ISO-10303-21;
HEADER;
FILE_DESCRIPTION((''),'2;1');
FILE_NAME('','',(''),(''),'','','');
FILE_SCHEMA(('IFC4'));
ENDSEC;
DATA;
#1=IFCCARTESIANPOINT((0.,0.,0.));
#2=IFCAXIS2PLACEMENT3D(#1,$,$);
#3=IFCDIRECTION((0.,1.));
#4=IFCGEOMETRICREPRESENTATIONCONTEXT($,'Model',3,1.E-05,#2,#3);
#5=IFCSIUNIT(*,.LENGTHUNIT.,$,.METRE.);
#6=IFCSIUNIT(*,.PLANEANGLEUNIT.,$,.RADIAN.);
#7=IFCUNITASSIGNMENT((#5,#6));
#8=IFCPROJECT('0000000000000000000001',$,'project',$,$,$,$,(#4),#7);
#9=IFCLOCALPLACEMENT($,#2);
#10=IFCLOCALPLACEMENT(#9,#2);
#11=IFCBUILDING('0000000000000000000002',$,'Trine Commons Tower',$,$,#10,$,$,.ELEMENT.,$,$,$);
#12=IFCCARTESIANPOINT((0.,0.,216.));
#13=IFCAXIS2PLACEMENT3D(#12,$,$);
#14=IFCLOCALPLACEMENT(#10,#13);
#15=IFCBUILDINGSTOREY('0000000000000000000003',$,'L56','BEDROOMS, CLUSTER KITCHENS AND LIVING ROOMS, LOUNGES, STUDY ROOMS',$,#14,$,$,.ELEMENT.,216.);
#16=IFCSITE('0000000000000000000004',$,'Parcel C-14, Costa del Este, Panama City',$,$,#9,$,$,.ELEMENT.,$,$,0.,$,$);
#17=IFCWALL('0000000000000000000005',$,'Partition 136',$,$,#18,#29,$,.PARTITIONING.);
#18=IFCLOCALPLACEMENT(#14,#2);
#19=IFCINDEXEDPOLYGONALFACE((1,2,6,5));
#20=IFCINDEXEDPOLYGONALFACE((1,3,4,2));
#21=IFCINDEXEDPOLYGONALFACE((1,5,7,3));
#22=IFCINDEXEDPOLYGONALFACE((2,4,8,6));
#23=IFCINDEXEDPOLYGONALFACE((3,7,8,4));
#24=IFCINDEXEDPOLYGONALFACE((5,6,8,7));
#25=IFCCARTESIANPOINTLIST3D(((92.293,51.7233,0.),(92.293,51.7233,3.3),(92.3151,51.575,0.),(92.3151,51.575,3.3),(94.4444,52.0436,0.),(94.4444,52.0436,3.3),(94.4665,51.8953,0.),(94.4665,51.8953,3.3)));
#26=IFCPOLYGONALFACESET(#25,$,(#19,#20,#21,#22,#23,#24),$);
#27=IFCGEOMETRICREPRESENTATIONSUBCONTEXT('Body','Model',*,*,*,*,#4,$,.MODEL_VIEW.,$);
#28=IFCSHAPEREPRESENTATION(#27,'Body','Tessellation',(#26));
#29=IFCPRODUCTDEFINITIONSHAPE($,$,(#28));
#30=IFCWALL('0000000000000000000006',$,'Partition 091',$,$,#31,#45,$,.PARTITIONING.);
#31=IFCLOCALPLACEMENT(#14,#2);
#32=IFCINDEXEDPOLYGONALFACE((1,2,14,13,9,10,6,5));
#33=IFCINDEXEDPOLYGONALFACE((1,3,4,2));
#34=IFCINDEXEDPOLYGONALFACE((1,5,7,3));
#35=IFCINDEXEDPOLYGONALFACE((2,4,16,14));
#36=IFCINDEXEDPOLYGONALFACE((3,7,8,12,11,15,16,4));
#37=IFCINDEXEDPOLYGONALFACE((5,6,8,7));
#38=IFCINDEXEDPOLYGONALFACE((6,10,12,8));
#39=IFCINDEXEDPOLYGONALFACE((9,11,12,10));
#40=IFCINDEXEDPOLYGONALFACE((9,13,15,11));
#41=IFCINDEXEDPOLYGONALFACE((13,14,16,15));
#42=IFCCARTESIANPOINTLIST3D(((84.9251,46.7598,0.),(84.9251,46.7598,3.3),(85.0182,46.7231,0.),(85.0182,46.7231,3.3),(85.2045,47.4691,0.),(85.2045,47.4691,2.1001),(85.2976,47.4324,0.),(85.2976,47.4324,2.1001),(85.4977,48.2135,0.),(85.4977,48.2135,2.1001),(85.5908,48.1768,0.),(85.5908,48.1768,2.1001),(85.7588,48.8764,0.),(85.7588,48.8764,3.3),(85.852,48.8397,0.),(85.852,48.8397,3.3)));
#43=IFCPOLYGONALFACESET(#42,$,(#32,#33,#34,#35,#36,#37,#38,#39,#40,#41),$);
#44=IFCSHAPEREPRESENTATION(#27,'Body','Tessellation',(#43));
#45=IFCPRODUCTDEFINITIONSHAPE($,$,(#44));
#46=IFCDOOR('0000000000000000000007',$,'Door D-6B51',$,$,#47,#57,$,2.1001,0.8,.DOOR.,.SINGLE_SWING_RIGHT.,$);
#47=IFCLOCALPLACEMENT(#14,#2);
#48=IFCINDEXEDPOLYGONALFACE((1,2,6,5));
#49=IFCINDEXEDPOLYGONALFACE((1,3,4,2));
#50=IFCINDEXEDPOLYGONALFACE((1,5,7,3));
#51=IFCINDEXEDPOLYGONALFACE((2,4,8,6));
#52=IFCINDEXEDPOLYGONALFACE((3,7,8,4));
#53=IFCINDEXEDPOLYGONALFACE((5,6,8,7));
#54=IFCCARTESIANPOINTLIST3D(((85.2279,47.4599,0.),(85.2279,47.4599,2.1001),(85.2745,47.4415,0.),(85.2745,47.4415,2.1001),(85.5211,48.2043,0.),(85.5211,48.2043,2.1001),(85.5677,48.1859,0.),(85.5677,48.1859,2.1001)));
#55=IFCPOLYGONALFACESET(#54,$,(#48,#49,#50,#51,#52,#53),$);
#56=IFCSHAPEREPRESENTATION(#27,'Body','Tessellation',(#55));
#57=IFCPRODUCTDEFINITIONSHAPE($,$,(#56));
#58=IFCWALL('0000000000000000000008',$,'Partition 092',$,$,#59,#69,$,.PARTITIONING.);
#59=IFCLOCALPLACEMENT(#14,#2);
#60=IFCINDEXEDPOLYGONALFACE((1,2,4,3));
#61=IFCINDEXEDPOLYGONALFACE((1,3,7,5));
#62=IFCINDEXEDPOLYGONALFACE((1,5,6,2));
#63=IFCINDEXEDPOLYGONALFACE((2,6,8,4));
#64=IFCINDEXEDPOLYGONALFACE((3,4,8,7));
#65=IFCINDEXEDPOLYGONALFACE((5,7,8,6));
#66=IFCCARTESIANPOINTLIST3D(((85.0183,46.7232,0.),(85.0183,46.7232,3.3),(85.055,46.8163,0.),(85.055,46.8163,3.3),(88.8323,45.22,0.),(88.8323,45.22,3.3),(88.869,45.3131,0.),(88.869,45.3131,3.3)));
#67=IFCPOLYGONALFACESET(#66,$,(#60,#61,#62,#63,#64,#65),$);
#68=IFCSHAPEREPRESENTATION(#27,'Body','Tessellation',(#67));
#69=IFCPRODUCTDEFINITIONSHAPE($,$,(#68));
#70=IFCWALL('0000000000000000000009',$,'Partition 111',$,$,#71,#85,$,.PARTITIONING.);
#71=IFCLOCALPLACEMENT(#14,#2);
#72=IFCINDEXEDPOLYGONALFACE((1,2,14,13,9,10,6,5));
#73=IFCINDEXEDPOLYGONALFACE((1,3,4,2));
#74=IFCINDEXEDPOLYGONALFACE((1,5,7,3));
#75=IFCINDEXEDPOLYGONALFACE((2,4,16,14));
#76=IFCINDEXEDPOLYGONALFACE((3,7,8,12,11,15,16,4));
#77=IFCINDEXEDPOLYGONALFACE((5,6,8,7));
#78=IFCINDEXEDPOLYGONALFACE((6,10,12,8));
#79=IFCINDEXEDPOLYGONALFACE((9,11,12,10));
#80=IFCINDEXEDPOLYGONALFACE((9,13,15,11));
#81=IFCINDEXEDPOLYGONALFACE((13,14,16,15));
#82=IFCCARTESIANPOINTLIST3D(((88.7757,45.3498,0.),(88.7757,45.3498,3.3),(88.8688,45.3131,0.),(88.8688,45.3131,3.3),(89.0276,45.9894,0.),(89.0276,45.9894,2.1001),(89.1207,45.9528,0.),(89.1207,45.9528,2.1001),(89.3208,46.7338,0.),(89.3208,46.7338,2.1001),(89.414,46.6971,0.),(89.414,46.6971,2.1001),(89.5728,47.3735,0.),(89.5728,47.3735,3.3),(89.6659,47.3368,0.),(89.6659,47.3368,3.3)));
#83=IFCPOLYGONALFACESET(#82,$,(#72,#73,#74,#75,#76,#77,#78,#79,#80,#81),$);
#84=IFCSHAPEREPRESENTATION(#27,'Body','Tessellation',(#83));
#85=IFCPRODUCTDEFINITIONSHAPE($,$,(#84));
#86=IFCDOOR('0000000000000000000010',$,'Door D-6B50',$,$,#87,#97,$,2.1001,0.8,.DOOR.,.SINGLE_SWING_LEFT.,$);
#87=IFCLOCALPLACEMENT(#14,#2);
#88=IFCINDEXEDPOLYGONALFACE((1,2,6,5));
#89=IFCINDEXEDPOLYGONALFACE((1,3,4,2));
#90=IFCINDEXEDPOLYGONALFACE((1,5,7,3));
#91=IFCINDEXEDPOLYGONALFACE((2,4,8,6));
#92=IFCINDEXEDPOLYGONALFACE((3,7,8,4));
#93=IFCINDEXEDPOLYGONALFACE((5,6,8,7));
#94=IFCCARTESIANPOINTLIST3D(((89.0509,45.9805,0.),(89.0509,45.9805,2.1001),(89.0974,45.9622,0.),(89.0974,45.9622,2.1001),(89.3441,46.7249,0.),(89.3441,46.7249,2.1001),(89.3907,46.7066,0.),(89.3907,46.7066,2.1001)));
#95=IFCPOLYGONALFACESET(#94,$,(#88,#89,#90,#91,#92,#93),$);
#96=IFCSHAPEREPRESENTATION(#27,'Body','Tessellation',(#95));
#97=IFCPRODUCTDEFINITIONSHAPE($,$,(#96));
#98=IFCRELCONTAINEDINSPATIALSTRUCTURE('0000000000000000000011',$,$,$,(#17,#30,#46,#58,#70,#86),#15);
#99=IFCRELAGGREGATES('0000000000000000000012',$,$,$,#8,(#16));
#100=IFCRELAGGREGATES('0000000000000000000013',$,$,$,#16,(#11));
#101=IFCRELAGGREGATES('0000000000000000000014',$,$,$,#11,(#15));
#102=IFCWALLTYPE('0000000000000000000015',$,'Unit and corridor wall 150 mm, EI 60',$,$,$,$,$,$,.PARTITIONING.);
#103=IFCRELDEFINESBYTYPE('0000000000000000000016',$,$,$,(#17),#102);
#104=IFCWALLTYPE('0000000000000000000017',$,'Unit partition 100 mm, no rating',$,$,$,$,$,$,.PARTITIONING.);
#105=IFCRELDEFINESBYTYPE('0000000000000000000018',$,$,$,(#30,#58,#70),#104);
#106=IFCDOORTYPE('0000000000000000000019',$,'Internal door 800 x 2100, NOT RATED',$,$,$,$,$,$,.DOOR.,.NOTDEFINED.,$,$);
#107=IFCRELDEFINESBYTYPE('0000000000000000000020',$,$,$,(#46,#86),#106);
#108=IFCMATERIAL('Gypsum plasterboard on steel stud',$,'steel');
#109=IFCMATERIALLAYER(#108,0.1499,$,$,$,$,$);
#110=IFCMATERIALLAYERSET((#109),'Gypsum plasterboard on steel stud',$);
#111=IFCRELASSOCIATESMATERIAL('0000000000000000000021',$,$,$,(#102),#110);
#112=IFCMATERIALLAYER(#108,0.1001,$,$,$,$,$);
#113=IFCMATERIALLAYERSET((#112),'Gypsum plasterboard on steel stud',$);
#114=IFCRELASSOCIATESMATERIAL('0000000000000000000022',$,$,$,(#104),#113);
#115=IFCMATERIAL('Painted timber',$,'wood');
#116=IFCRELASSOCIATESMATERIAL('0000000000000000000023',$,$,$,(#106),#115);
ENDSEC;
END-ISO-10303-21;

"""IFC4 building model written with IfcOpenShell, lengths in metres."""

from ifc_helpers import new_model, si_unit, direction, frame, frame_2d, origin, place, context, subcontext, project, spatial, rectangle, extrude, material, layer, layer_set, type_object, element, fill, save


model = new_model("IFC4")

# Units and contexts
model_context = context("Model", 3, precision=1e-05, world=origin(), true_north=direction((0.0, 1.0)))
body_context = subcontext(model_context, "Body", "Model", "MODEL_VIEW")
ifc_project = project(units=[si_unit("LENGTHUNIT", "METRE"), si_unit("PLANEANGLEUNIT", "RADIAN")], contexts=[model_context])

# Site, building, storey
site_placement = place(None, origin())
site = spatial("IfcSite", under=ifc_project, at=site_placement, Name="Parcel C-14, Costa del Este, Panama City", CompositionType="ELEMENT", RefElevation=0.0)
building_placement = place(site_placement, origin())
building = spatial("IfcBuilding", under=site, at=building_placement, Name="Trine Commons Tower", CompositionType="ELEMENT")
storey_placement = place(building_placement, frame((0.0, 0.0, 216.0)))
storey = spatial("IfcBuildingStorey", under=building, at=storey_placement, Name="L56", Description="BEDROOMS, CLUSTER KITCHENS AND LIVING ROOMS, LOUNGES, STUDY ROOMS", CompositionType="ELEMENT", Elevation=216.0)

# Shared definitions
ifc_material_1 = material(Name="Gypsum plasterboard on steel stud", Category="steel")
ifc_layer_1 = layer(ifc_material_1, 0.1499)
ifc_layer_set_1 = layer_set([ifc_layer_1], Name="Gypsum plasterboard on steel stud")
wall_type_1 = type_object("IfcWallType", Name="Unit and corridor wall 150 mm, EI 60", PredefinedType="PARTITIONING", material=ifc_layer_set_1)

# Wall
wall_1_placement = place(storey_placement, frame((92.3042, 51.6492, 0.0), z_axis=(0.0, 0.0, 1.0), x_axis=(0.989097, 0.147265, 0.0)))
element("IfcWall", 1, at=wall_1_placement, inside=storey, type_object=wall_type_1, Name="Partition 136", PredefinedType="PARTITIONING", context=body_context, shape_type="SweptSolid", body=[
    extrude(rectangle(XDim=2.175, YDim=0.1499, at=frame_2d((1.0874, 0.0))), origin(), (0.0, 0.0, 1.0), 3.3),
])

# Wall, opening, door
ifc_layer_2 = layer(ifc_material_1, 0.1001)
ifc_layer_set_2 = layer_set([ifc_layer_2], Name="Gypsum plasterboard on steel stud")
wall_type_2 = type_object("IfcWallType", Name="Unit partition 100 mm, no rating", PredefinedType="PARTITIONING", material=ifc_layer_set_2)
wall_2_placement = place(storey_placement, frame((84.9717, 46.7415, 0.0), z_axis=(0.0, 0.0, 1.0), x_axis=(0.366482, 0.930425, 0.0)))
wall_2 = element("IfcWall", 2, at=wall_2_placement, inside=storey, type_object=wall_type_2, Name="Partition 091", PredefinedType="PARTITIONING", context=body_context, shape_type="SweptSolid", body=[
    extrude(rectangle(XDim=2.2749, YDim=0.1001, at=frame_2d((1.1375, 0.0))), origin(), (0.0, 0.0, 1.0), 3.3),
])
opening_1_placement = place(wall_2_placement, frame((0.7625, 0.0, 0.0)))
opening_1 = element("IfcOpeningElement", 3, at=opening_1_placement, cuts=wall_2, PredefinedType="OPENING", context=body_context, shape_type="SweptSolid", body=[
    extrude(rectangle(XDim=0.8, YDim=2.1001, at=frame_2d((0.3999, 1.05))), frame((0.0, 0.0601, 0.0), z_axis=(0.0, -1.0, 0.0), x_axis=(1.0, 0.0, 0.0)), (0.0, 0.0, 1.0), 0.1201),
])
ifc_material_2 = material(Name="Painted timber", Category="wood")
door_type_1 = type_object("IfcDoorType", Name="Internal door 800 x 2100, NOT RATED", OperationType="NOTDEFINED", PredefinedType="DOOR", material=ifc_material_2)
door_1_placement = place(opening_1_placement, origin())
door_1 = element("IfcDoor", 4, at=door_1_placement, inside=storey, type_object=door_type_1, Name="Door D-6B51", OperationType="SINGLE_SWING_RIGHT", OverallHeight=2.1001, OverallWidth=0.8, PredefinedType="DOOR", context=body_context, shape_type="SweptSolid", body=[
    extrude(rectangle(XDim=0.8, YDim=2.1001, at=frame_2d((0.3999, 1.05))), frame((0.0, 0.0249, 0.0), z_axis=(0.0, -1.0, 0.0), x_axis=(1.0, 0.0, 0.0)), (0.0, 0.0, 1.0), 0.05),
])
fill(opening_1, door_1)

# Wall
wall_3_placement = place(storey_placement, frame((85.0366, 46.7698, 0.0), z_axis=(0.0, 0.0, 1.0), x_axis=(0.93035, -0.366673, 0.0)))
element("IfcWall", 5, at=wall_3_placement, inside=storey, type_object=wall_type_2, Name="Partition 092", PredefinedType="PARTITIONING", context=body_context, shape_type="SweptSolid", body=[
    extrude(rectangle(XDim=4.0996, YDim=0.1001, at=frame_2d((2.0498, 0.0))), origin(), (0.0, 0.0, 1.0), 3.3),
])

# Wall, opening, door
wall_4_placement = place(storey_placement, frame((88.8223, 45.3315, 0.0), z_axis=(0.0, 0.0, 1.0), x_axis=(0.366489, 0.930422, 0.0)))
wall_4 = element("IfcWall", 6, at=wall_4_placement, inside=storey, type_object=wall_type_2, Name="Partition 111", PredefinedType="PARTITIONING", context=body_context, shape_type="SweptSolid", body=[
    extrude(rectangle(XDim=2.175, YDim=0.1001, at=frame_2d((1.0874, 0.0))), origin(), (0.0, 0.0, 1.0), 3.3),
])
opening_2_placement = place(wall_4_placement, frame((0.6875, 0.0, 0.0)))
opening_2 = element("IfcOpeningElement", 7, at=opening_2_placement, cuts=wall_4, PredefinedType="OPENING", context=body_context, shape_type="SweptSolid", body=[
    extrude(rectangle(XDim=0.8, YDim=2.1001, at=frame_2d((0.3999, 1.05))), frame((0.0, 0.0601, 0.0), z_axis=(0.0, -1.0, 0.0), x_axis=(1.0, 0.0, 0.0)), (0.0, 0.0, 1.0), 0.1201),
])
door_2_placement = place(opening_2_placement, frame((0.8, 0.0, 0.0), z_axis=(0.0, 0.0, 1.0), x_axis=(-1.0, 0.0, 0.0)))
door_2 = element("IfcDoor", 8, at=door_2_placement, inside=storey, type_object=door_type_1, Name="Door D-6B50", OperationType="SINGLE_SWING_LEFT", OverallHeight=2.1001, OverallWidth=0.8, PredefinedType="DOOR", context=body_context, shape_type="SweptSolid", body=[
    extrude(rectangle(XDim=0.8, YDim=2.1001, at=frame_2d((0.3999, 1.05))), frame((0.0, 0.0249, 0.0), z_axis=(0.0, -1.0, 0.0), x_axis=(1.0, 0.0, 0.0)), (0.0, 0.0, 1.0), 0.05),
])
fill(opening_2, door_2)

save(model, "model.ifc")
